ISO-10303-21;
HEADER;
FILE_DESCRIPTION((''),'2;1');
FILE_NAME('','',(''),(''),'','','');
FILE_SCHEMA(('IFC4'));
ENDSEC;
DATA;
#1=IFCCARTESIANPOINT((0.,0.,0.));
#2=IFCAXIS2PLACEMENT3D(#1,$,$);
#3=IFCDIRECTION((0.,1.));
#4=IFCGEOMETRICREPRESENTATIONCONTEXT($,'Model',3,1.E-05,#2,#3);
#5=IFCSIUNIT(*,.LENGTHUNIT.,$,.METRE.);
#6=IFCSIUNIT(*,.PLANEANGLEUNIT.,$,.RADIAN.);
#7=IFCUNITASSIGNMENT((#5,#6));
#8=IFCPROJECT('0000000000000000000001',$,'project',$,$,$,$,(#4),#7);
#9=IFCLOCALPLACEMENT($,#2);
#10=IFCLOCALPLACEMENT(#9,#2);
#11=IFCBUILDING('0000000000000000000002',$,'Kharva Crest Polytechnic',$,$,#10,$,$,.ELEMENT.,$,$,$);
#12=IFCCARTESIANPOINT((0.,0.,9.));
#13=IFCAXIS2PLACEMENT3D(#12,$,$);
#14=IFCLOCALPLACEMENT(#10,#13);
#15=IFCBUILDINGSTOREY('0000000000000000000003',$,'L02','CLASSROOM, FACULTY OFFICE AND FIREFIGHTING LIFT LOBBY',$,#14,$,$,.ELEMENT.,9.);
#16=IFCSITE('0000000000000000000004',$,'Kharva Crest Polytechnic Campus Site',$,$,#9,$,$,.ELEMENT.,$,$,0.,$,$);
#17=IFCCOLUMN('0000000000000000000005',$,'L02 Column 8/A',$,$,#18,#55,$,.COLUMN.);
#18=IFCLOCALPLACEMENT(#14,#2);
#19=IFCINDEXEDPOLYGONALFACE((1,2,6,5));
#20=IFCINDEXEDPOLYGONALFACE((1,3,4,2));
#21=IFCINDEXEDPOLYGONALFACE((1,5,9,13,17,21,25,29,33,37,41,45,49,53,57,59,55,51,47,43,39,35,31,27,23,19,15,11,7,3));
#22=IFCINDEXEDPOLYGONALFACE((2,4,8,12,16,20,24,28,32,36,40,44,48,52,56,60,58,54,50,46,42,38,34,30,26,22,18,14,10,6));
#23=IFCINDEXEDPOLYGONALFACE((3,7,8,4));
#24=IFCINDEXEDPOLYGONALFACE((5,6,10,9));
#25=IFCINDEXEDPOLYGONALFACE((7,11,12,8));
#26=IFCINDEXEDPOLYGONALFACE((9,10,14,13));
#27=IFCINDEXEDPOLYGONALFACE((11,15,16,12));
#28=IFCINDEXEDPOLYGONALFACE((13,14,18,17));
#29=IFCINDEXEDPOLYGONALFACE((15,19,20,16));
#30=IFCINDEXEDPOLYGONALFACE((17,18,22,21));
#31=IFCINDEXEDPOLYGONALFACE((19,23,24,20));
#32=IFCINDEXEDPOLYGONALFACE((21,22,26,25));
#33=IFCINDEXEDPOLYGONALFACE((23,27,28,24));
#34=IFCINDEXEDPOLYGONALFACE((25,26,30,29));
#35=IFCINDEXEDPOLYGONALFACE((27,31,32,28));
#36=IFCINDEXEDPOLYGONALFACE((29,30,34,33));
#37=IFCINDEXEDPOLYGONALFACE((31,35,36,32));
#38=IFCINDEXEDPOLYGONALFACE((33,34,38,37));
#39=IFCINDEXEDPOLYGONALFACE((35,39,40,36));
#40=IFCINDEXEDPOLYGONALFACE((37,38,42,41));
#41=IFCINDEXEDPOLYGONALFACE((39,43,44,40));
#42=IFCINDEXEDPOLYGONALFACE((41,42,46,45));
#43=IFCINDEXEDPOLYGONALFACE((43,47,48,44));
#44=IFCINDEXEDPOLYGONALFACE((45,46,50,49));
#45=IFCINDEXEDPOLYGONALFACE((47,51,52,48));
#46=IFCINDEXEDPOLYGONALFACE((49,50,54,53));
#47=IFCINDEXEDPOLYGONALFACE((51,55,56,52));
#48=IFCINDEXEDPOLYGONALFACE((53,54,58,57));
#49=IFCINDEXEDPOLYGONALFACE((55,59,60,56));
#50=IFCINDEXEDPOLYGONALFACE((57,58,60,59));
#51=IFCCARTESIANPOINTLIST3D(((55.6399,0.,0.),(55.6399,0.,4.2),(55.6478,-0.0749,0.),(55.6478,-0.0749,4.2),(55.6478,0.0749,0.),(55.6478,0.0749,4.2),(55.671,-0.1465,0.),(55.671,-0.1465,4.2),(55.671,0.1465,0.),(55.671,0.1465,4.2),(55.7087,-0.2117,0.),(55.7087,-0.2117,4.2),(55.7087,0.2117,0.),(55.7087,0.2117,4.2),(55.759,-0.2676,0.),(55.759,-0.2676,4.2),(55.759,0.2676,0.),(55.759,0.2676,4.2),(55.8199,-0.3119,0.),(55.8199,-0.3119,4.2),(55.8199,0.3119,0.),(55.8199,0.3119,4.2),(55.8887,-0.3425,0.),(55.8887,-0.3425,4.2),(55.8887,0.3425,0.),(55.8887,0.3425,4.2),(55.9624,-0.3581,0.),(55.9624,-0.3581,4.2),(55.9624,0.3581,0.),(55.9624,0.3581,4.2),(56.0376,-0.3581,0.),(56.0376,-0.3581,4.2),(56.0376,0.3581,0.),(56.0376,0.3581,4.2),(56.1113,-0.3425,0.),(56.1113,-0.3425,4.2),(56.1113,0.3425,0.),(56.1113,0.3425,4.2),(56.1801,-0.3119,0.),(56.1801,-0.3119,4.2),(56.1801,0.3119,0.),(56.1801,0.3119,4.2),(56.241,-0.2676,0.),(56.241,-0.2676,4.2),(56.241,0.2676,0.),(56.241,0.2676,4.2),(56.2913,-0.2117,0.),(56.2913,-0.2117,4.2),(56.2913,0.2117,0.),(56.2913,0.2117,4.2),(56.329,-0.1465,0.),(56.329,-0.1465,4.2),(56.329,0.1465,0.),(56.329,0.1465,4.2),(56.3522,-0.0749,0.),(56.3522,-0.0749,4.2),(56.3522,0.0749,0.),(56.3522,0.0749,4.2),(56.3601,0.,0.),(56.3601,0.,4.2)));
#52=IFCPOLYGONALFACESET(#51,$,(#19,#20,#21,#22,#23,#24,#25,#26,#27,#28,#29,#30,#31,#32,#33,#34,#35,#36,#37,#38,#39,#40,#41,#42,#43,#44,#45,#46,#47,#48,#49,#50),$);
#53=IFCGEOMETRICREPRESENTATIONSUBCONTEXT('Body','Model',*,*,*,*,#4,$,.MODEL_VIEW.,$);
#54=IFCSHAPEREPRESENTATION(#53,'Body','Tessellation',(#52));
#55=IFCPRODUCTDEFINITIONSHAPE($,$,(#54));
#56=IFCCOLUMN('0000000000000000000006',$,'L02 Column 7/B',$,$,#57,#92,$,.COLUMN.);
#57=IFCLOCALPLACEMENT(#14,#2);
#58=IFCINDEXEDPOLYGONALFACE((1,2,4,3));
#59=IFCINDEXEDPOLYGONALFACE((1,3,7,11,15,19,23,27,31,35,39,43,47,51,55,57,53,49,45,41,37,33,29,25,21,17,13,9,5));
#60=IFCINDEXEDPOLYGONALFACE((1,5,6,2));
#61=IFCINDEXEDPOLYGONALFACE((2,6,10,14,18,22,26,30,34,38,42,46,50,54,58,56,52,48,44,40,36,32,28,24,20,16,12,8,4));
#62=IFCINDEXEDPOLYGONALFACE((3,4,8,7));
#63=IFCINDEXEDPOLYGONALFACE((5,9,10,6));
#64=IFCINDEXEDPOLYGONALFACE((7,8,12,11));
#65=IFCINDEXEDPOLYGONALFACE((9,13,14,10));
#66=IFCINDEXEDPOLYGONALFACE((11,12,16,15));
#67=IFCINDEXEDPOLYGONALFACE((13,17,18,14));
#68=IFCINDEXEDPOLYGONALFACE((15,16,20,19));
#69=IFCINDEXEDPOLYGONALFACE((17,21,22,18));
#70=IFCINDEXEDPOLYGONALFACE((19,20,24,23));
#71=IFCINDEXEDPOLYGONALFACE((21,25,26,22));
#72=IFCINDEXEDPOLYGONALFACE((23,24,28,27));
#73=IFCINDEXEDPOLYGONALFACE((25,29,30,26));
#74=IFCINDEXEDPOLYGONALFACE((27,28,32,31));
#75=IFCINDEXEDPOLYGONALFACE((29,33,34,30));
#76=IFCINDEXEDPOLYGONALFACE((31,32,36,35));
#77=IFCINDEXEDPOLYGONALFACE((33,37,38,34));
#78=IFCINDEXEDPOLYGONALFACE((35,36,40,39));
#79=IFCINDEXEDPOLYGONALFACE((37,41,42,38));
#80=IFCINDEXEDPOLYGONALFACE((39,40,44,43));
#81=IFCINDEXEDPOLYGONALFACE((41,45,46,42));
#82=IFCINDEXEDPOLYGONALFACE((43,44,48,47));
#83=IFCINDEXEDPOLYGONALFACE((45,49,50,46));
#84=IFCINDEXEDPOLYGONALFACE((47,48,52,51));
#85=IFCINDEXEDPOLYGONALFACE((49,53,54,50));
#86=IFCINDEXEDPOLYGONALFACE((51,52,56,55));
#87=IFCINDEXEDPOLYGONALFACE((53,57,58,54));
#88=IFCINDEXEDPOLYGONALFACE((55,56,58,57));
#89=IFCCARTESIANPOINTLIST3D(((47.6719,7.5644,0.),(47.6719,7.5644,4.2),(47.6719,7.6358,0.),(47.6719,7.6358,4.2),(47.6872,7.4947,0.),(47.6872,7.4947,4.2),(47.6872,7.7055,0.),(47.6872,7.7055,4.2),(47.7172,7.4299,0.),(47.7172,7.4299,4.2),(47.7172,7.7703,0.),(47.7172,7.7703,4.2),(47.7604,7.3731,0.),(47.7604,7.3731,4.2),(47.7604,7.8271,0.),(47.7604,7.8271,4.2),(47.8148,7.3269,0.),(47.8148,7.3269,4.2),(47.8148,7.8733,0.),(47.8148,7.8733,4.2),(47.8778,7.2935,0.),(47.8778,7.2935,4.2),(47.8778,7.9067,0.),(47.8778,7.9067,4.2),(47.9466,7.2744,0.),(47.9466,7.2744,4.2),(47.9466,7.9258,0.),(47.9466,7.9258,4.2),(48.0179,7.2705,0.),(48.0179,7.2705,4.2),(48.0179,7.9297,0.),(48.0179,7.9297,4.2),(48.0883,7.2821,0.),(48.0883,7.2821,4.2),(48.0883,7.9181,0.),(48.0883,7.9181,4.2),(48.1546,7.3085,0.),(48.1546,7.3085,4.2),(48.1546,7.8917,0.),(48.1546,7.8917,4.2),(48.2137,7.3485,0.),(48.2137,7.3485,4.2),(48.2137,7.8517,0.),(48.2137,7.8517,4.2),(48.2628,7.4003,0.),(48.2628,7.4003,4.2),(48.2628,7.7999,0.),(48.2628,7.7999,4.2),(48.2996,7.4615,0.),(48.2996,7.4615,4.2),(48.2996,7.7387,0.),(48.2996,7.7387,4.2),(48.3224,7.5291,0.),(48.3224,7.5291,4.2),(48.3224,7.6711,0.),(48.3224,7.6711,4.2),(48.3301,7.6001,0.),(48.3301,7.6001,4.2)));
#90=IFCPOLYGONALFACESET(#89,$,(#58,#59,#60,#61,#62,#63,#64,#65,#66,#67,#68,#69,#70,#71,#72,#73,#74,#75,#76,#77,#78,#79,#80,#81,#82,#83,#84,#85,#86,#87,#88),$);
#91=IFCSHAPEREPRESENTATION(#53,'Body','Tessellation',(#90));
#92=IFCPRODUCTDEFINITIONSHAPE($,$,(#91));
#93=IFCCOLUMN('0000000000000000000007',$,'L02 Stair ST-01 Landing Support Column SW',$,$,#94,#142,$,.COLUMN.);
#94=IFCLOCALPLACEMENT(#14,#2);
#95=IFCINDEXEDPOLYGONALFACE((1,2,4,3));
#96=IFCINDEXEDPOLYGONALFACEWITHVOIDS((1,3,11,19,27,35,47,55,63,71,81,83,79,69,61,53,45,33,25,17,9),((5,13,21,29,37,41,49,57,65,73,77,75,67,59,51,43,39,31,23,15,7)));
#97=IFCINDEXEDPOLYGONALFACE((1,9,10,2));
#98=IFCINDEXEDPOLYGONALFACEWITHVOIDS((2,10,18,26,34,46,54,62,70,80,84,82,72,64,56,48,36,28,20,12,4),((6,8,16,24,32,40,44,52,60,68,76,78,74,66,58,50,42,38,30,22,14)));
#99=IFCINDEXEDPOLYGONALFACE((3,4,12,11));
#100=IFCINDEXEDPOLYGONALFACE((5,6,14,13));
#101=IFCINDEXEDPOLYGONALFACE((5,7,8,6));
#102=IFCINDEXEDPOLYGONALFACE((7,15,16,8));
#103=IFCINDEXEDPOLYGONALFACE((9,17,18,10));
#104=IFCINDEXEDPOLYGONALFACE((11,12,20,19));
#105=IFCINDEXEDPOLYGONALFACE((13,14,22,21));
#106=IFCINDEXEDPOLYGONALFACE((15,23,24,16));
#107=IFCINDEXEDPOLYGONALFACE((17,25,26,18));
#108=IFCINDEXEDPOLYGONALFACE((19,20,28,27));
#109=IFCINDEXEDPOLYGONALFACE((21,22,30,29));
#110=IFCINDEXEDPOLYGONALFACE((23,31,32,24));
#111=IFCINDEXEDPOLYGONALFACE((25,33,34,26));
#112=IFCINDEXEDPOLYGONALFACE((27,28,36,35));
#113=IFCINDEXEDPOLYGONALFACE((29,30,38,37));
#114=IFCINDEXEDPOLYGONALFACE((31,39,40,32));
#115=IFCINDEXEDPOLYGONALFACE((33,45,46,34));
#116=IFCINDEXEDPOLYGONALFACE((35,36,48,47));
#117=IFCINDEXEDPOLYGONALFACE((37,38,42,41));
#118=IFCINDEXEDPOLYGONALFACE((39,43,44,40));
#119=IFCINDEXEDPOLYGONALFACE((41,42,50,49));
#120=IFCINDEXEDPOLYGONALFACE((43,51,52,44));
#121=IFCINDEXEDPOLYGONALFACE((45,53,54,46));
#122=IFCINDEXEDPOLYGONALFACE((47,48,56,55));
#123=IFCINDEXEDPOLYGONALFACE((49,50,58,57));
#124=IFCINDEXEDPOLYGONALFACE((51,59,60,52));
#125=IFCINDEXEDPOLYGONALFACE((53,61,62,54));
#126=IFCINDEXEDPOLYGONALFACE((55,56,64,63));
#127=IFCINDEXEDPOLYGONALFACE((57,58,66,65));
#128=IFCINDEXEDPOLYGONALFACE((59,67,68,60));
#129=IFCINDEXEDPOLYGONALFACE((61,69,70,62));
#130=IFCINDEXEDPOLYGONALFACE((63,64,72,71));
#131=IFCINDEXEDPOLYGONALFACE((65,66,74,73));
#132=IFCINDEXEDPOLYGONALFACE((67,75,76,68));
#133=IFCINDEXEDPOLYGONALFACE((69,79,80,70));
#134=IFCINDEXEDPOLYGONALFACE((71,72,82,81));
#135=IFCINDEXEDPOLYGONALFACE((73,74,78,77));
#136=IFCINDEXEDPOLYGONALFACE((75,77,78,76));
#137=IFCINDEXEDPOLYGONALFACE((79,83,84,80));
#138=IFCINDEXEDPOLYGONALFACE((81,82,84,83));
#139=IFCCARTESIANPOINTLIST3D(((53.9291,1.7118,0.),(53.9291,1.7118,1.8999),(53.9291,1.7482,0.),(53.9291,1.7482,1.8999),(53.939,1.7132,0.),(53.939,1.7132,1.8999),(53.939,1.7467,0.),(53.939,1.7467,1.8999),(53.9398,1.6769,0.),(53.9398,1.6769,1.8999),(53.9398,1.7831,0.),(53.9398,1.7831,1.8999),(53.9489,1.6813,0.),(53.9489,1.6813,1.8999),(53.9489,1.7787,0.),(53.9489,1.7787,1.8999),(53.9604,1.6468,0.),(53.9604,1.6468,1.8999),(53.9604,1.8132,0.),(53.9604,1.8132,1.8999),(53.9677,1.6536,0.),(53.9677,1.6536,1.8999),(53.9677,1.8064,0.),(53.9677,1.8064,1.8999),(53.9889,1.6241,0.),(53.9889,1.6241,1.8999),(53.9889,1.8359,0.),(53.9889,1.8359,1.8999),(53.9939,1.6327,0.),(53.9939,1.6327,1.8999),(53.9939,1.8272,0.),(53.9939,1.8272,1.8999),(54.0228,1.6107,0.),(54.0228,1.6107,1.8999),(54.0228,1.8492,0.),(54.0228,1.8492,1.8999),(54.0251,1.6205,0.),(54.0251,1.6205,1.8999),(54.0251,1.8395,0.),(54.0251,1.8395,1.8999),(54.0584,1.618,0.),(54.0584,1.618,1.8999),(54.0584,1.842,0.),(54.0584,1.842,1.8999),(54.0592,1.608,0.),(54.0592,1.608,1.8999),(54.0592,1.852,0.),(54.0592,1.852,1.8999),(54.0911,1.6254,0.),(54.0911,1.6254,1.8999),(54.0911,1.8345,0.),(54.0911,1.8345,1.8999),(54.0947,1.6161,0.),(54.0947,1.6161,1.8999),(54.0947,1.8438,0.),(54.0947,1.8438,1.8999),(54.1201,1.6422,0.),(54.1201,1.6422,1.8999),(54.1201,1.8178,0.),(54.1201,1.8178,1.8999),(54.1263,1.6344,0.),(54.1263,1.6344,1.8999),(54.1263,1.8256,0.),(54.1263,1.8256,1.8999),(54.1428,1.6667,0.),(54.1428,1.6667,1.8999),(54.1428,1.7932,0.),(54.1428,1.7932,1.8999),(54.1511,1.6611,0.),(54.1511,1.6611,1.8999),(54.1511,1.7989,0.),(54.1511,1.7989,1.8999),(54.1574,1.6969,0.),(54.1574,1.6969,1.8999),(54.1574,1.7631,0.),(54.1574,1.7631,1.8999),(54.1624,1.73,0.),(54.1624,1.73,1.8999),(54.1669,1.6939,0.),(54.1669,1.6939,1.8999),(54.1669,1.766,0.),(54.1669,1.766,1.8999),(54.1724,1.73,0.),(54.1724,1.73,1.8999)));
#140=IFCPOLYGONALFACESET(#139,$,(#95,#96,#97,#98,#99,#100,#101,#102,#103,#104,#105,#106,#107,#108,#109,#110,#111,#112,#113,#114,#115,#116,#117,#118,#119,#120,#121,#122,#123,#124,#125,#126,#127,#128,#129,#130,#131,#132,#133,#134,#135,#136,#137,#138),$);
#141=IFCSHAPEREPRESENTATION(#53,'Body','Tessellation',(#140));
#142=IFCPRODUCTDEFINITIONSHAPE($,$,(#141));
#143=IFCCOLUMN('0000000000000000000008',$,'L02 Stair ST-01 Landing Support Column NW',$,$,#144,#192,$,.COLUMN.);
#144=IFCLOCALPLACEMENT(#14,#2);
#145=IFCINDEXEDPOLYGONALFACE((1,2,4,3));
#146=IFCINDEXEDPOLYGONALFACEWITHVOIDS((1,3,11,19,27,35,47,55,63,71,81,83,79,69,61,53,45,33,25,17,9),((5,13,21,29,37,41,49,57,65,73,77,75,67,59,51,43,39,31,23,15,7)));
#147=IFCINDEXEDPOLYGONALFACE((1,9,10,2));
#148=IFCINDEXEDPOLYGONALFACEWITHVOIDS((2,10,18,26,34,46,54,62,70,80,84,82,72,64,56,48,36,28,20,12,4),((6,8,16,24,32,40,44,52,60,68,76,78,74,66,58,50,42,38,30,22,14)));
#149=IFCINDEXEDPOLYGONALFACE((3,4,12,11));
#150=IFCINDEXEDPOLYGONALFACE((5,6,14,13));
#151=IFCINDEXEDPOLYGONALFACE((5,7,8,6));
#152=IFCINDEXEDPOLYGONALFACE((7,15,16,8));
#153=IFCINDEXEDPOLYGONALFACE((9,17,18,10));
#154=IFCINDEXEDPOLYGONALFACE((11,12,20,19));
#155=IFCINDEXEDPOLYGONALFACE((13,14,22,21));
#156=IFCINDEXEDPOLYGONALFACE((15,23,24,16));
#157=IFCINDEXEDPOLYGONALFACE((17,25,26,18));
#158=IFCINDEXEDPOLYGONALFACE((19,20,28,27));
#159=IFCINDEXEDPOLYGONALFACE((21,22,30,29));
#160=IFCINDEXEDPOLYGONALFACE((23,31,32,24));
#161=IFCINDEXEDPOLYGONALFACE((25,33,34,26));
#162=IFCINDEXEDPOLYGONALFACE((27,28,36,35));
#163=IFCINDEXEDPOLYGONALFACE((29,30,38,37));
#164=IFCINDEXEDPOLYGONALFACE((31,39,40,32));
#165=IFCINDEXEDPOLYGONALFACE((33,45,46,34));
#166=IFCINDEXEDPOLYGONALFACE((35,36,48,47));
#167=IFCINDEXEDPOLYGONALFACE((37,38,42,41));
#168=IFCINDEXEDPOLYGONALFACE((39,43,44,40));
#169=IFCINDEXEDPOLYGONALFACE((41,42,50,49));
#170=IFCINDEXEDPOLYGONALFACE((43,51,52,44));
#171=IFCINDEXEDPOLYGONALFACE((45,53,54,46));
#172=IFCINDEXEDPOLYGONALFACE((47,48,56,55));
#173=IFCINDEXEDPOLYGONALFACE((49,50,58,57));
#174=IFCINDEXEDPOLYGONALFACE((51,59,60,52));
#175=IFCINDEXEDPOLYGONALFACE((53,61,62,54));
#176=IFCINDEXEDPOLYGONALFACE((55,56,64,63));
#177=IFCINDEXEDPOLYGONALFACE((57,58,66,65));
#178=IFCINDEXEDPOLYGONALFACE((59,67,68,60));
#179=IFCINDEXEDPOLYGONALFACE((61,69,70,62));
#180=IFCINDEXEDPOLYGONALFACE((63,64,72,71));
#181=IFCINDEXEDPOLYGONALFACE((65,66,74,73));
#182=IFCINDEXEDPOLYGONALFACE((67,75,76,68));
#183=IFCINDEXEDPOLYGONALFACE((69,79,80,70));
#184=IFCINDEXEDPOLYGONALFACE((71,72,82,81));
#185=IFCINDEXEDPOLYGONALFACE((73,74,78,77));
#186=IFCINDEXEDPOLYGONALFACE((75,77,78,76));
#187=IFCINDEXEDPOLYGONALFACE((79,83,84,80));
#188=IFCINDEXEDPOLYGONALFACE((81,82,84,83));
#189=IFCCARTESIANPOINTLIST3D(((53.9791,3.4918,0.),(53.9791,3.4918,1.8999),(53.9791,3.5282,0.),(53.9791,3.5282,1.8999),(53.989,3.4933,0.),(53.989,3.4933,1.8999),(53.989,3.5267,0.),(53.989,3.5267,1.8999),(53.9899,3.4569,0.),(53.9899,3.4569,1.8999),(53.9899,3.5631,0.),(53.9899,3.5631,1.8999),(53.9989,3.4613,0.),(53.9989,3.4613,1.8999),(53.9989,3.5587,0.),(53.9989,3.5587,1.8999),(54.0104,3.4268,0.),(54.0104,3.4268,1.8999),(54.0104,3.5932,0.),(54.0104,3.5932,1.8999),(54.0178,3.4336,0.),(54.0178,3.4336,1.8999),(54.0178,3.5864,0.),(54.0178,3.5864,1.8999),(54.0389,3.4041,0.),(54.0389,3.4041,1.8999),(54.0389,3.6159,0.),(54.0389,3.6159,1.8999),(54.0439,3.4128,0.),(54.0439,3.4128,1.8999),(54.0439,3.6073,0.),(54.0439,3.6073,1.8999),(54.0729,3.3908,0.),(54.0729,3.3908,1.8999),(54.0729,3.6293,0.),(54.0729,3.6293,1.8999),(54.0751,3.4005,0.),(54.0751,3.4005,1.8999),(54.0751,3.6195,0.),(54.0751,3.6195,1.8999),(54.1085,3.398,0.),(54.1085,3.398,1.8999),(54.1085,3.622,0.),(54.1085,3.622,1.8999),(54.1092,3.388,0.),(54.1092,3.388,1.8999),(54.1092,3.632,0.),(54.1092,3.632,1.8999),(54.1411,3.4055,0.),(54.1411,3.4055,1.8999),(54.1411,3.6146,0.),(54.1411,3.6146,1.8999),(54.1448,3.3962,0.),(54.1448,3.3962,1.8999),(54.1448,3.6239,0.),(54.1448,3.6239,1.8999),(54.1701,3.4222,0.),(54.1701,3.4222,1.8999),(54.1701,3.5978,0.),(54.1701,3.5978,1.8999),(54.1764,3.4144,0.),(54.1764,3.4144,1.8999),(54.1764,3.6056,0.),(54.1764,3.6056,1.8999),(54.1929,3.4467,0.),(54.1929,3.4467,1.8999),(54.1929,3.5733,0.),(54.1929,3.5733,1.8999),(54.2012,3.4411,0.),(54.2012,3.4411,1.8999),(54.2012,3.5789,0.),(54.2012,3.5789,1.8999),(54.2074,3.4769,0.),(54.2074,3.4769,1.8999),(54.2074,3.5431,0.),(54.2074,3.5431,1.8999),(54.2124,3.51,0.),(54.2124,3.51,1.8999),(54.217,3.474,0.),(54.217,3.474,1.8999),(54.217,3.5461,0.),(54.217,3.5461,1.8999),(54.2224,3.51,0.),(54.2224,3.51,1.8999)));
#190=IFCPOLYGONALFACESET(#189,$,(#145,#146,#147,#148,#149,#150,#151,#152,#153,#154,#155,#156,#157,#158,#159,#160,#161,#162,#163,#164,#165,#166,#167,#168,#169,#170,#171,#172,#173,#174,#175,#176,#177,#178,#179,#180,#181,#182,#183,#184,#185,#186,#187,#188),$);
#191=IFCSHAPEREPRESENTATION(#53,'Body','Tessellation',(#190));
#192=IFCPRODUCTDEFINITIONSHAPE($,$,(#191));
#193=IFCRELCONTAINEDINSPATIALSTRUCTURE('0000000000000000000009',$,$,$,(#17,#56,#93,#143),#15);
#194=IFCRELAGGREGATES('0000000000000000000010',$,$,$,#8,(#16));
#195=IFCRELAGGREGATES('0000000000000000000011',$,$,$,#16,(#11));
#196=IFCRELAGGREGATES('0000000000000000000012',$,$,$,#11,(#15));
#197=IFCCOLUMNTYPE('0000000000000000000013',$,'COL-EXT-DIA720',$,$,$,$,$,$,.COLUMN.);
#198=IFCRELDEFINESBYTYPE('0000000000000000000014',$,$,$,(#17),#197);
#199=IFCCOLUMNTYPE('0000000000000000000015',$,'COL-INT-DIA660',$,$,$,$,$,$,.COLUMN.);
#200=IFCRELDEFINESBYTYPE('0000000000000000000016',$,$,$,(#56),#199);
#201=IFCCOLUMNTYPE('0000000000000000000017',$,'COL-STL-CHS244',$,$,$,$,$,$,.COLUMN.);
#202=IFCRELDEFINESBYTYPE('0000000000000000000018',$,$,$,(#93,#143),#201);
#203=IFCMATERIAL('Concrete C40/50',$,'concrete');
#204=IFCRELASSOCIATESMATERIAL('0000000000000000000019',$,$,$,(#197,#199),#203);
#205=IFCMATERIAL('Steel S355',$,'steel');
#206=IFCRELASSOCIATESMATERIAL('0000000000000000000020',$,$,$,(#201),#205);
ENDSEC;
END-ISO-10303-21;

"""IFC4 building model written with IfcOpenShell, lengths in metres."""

from ifc_helpers import new_model, si_unit, direction, frame, origin, origin_2d, place, context, subcontext, project, spatial, circle, hollow_circle, extrude, material, material_profile, profile_set, type_object, element, save


model = new_model("IFC4")

# Units and contexts
model_context = context("Model", 3, precision=1e-05, world=origin(), true_north=direction((0.0, 1.0)))
body_context = subcontext(model_context, "Body", "Model", "MODEL_VIEW")
ifc_project = project(units=[si_unit("LENGTHUNIT", "METRE"), si_unit("PLANEANGLEUNIT", "RADIAN")], contexts=[model_context])

# Site, building, storey
site_placement = place(None, origin())
site = spatial("IfcSite", under=ifc_project, at=site_placement, Name="Kharva Crest Polytechnic Campus Site", CompositionType="ELEMENT", RefElevation=0.0)
building_placement = place(site_placement, origin())
building = spatial("IfcBuilding", under=site, at=building_placement, Name="Kharva Crest Polytechnic", CompositionType="ELEMENT")
storey_placement = place(building_placement, frame((0.0, 0.0, 9.0)))
storey = spatial("IfcBuildingStorey", under=building, at=storey_placement, Name="L02", Description="CLASSROOM, FACULTY OFFICE AND FIREFIGHTING LIFT LOBBY", CompositionType="ELEMENT", Elevation=9.0)

# Columns
ifc_material_1 = material(Name="Concrete C40/50", Category="concrete")
ifc_material_profile_1 = material_profile(ifc_material_1, circle(Radius=0.3601, at=origin_2d()), Name="DIA 720")
ifc_profile_set_1 = profile_set([ifc_material_profile_1], Name="Concrete C40/50")
column_type_1 = type_object("IfcColumnType", Name="COL-EXT-DIA720", PredefinedType="COLUMN", material=ifc_profile_set_1)
column_1_placement = place(storey_placement, frame((56.0, 0.0, 0.0), z_axis=(0.0, 0.0, 1.0), x_axis=(1.0, 0.0, 0.0)))
element("IfcColumn", 1, at=column_1_placement, inside=storey, type_object=column_type_1, Name="L02 Column 8/A", PredefinedType="COLUMN", context=body_context, shape_type="SweptSolid", body=[
    extrude(circle(Radius=0.3601, at=origin_2d()), origin(), (0.0, 0.0, 1.0), 4.2),
])
ifc_material_profile_2 = material_profile(ifc_material_1, circle(Radius=0.3301, at=origin_2d()), Name="DIA 660")
ifc_profile_set_2 = profile_set([ifc_material_profile_2], Name="Concrete C40/50")
column_type_2 = type_object("IfcColumnType", Name="COL-INT-DIA660", PredefinedType="COLUMN", material=ifc_profile_set_2)
column_2_placement = place(storey_placement, frame((48.0, 7.6001, 0.0), z_axis=(0.0, 0.0, 1.0), x_axis=(1.0, 0.0, 0.0)))
element("IfcColumn", 2, at=column_2_placement, inside=storey, type_object=column_type_2, Name="L02 Column 7/B", PredefinedType="COLUMN", context=body_context, shape_type="SweptSolid", body=[
    extrude(circle(Radius=0.3301, at=origin_2d()), origin(), (0.0, 0.0, 1.0), 4.2),
])
ifc_material_2 = material(Name="Steel S355", Category="steel")
ifc_material_profile_3 = material_profile(ifc_material_2, hollow_circle(Radius=0.1223, WallThickness=0.01, at=origin_2d()), Name="CHS 244.5X10.0")
ifc_profile_set_3 = profile_set([ifc_material_profile_3], Name="Steel S355")
column_type_3 = type_object("IfcColumnType", Name="COL-STL-CHS244", PredefinedType="COLUMN", material=ifc_profile_set_3)
for number, where, z_axis, x_axis, name in (
    (3, (54.05, 1.73, 0.0), (0.0, 0.0, 1.0), (1.0, 0.0, 0.0), "L02 Stair ST-01 Landing Support Column SW"),
    (4, (54.1001, 3.51, 0.0), (0.0, 0.0, 1.0), (1.0, 0.0, 0.0), "L02 Stair ST-01 Landing Support Column NW"),
):
    element("IfcColumn", number, at=place(storey_placement, frame(where, z_axis=z_axis, x_axis=x_axis)), inside=storey, type_object=column_type_3, Name=name, PredefinedType="COLUMN", context=body_context, shape_type="SweptSolid", body=[
        extrude(hollow_circle(Radius=0.1223, WallThickness=0.01, at=origin_2d()), origin(), (0.0, 0.0, 1.0), 1.8999),
    ])

save(model, "model.ifc")
